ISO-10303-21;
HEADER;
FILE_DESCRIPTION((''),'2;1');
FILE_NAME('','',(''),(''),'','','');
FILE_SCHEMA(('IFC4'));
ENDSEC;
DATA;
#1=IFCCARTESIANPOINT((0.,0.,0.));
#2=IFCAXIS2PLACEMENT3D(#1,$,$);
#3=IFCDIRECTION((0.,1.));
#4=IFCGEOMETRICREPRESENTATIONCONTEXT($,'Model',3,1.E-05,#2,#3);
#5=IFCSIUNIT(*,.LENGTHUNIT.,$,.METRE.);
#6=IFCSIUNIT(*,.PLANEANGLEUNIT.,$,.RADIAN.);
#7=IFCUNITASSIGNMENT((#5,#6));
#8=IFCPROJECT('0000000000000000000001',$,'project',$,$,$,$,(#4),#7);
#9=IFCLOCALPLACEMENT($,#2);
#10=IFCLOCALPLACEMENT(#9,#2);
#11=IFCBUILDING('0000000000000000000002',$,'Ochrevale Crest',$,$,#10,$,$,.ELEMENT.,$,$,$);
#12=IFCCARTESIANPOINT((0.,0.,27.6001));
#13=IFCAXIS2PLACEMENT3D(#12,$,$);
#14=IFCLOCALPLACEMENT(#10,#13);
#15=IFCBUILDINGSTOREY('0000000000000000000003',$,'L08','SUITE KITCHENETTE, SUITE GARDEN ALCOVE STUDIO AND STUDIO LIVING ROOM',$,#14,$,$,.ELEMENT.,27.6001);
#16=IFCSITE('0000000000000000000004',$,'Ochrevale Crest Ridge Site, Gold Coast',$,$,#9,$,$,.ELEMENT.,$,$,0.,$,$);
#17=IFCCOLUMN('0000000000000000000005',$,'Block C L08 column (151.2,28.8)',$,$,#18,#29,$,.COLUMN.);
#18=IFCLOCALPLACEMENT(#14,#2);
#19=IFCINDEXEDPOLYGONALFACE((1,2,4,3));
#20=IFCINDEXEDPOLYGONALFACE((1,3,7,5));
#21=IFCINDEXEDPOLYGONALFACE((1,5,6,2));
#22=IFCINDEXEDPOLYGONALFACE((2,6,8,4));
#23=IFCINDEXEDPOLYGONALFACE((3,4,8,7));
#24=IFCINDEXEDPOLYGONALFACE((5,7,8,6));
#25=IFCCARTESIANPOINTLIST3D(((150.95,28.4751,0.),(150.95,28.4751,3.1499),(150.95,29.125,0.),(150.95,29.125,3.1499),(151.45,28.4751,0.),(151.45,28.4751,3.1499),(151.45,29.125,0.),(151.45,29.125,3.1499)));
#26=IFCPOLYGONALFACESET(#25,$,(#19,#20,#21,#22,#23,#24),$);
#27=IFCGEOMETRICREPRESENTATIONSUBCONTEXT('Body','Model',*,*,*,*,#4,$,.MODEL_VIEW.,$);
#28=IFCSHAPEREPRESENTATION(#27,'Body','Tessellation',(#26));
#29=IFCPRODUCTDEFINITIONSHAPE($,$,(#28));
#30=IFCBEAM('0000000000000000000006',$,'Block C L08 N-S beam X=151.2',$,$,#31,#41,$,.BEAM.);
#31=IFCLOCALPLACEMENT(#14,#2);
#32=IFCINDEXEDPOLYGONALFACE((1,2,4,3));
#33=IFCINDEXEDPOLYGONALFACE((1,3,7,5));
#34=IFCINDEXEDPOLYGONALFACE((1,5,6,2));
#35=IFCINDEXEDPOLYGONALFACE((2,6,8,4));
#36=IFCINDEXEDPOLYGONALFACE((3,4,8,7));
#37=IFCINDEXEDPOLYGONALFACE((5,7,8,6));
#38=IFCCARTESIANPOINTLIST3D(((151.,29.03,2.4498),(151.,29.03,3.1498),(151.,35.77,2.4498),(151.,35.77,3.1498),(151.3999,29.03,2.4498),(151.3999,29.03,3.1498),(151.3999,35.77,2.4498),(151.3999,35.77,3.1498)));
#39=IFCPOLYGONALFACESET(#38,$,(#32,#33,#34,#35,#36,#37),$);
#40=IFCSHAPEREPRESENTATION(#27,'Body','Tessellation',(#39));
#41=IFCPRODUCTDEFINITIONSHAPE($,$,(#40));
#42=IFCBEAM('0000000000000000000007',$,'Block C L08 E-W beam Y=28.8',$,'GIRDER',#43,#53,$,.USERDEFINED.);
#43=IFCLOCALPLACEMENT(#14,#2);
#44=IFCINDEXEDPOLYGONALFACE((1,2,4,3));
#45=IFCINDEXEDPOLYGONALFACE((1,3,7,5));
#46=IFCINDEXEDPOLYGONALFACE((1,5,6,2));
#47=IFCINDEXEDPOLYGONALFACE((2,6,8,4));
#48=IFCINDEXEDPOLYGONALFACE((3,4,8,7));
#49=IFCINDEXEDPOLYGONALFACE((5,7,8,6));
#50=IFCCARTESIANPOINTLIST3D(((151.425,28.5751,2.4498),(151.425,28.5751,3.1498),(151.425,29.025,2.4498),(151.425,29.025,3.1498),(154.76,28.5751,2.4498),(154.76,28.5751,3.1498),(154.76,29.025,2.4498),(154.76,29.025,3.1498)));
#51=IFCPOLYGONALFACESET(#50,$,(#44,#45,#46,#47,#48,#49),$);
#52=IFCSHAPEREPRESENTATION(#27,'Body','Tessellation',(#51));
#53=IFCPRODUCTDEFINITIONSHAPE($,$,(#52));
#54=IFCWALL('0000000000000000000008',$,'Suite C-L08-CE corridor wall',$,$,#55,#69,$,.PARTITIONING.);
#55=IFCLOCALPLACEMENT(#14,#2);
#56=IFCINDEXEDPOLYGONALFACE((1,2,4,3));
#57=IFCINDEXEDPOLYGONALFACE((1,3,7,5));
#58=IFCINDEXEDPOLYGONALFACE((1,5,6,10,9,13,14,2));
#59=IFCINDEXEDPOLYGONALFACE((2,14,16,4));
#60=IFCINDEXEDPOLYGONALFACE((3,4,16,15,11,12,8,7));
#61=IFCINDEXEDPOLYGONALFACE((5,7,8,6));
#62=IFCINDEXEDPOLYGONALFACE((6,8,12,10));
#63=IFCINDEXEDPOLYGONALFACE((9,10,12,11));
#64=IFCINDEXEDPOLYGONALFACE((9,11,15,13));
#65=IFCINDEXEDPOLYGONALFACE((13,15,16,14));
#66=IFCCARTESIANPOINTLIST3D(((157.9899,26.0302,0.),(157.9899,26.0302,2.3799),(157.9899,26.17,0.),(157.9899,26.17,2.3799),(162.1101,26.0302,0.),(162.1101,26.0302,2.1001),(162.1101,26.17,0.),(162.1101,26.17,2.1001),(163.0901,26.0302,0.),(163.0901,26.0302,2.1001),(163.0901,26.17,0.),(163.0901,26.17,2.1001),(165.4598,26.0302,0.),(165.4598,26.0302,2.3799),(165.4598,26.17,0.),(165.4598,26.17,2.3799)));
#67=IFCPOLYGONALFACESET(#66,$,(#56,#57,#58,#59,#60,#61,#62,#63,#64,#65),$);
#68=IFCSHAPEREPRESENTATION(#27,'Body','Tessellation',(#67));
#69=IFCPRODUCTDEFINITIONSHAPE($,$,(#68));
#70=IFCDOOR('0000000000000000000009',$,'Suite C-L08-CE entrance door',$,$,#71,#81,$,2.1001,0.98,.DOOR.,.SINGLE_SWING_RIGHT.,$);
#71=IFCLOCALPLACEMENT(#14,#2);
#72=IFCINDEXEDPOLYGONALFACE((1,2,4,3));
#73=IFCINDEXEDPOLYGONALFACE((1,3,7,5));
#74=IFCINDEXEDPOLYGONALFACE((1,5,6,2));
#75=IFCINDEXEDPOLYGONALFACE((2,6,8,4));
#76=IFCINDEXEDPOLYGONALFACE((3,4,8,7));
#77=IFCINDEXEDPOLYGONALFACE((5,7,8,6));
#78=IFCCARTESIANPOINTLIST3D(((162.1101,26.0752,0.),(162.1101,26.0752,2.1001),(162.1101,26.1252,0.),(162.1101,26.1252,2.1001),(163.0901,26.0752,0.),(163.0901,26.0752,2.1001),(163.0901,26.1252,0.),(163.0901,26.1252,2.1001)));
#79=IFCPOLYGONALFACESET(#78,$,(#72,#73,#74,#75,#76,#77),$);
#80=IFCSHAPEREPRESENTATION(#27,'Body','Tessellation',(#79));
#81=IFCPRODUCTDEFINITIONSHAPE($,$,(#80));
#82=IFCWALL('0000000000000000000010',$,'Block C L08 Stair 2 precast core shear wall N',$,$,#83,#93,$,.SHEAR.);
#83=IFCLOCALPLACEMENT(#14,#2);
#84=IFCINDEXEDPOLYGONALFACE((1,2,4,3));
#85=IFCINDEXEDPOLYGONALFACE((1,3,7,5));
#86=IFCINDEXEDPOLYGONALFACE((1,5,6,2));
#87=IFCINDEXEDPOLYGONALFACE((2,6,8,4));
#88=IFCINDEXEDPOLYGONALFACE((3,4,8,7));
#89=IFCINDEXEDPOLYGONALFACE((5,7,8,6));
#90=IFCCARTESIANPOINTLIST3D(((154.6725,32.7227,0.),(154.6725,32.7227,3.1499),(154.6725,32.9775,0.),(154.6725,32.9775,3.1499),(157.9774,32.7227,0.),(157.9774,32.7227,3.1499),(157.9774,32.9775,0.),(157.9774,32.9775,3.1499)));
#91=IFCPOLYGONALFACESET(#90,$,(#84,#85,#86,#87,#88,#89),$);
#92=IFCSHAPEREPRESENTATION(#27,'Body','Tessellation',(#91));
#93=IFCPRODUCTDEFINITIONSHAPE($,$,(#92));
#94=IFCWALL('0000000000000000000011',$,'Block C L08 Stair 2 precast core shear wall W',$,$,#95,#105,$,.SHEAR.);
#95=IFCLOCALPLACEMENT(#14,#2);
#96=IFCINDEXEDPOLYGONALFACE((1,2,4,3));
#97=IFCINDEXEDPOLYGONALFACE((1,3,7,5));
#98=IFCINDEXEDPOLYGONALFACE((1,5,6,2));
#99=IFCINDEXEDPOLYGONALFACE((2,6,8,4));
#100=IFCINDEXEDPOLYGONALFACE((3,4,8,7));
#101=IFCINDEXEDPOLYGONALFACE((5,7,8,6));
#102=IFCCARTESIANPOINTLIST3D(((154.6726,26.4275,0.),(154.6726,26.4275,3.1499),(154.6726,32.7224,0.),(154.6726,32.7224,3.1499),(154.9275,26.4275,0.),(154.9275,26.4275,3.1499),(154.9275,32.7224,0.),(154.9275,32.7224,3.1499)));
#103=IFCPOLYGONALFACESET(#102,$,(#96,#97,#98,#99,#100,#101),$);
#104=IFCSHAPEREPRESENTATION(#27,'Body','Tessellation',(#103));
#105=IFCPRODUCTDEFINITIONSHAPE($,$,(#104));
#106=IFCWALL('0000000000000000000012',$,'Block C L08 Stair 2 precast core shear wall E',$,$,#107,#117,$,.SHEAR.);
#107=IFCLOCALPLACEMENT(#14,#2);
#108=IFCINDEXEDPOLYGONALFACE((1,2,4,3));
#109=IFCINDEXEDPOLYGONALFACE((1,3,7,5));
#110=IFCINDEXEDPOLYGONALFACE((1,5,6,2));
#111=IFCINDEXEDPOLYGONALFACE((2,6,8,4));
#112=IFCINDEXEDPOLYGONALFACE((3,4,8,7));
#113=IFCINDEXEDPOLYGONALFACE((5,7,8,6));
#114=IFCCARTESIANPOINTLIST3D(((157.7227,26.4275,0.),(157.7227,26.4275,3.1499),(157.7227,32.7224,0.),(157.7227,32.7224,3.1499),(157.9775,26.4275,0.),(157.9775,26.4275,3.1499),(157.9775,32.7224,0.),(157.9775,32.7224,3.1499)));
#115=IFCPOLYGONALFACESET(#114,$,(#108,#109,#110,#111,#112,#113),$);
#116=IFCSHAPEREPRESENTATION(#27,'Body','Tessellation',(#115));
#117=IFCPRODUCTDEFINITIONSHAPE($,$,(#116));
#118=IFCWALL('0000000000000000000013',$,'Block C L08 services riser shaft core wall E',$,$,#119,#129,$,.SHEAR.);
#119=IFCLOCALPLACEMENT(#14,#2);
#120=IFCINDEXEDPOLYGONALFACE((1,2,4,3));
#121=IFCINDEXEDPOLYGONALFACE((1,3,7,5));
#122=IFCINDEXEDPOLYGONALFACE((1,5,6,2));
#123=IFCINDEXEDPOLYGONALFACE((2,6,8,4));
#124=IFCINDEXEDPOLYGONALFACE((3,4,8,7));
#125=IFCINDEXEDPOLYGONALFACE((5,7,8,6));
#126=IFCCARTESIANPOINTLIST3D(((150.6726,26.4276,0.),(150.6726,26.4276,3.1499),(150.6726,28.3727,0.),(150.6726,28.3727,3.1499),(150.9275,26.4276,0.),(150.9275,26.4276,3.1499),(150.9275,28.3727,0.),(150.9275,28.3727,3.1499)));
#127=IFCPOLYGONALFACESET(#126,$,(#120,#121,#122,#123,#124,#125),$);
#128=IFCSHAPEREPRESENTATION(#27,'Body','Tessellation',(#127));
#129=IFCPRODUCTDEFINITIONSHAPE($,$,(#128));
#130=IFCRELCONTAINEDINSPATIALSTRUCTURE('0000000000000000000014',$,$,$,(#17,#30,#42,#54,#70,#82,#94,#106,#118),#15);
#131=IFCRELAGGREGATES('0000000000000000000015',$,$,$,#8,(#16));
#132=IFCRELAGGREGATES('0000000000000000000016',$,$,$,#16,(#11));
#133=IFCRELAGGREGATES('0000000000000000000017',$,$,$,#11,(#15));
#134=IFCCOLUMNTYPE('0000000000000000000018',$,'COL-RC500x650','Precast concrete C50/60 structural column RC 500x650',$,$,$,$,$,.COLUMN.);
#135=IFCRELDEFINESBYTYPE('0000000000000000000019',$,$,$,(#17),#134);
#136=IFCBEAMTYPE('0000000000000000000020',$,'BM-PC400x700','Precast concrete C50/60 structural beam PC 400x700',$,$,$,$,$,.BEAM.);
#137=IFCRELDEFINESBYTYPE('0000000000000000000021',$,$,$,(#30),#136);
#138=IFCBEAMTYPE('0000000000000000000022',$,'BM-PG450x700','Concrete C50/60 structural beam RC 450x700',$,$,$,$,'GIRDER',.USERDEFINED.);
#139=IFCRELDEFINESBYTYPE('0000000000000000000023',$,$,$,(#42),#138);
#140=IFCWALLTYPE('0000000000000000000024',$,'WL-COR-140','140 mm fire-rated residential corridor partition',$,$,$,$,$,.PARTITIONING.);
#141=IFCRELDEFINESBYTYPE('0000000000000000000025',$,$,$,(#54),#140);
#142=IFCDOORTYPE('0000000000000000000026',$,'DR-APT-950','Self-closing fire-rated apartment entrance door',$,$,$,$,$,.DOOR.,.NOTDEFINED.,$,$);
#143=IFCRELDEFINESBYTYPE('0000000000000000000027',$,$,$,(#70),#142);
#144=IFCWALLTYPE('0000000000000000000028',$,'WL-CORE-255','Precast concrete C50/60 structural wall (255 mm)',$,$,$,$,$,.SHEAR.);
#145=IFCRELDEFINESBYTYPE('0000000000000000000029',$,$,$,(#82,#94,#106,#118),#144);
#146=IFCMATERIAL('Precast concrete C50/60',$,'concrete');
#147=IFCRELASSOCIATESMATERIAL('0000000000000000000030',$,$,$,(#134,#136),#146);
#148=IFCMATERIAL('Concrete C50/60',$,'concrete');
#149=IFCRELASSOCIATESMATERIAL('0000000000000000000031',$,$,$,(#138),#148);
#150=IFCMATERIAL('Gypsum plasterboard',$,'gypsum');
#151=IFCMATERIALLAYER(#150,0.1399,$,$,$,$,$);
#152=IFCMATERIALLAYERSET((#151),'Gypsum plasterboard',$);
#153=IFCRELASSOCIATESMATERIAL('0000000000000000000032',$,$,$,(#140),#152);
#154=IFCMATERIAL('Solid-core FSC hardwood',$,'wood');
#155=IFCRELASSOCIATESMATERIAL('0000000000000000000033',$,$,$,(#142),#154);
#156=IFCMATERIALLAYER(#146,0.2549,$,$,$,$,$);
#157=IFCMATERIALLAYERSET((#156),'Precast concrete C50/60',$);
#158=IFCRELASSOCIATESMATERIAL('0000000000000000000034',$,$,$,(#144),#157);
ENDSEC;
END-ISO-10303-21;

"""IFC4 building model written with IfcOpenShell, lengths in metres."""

from ifc_helpers import new_model, si_unit, direction, frame, frame_2d, origin, origin_2d, place, context, subcontext, project, spatial, rectangle, extrude, material, layer, layer_set, material_profile, profile_set, type_object, element, fill, save


model = new_model("IFC4")

# Units and contexts
model_context = context("Model", 3, precision=1e-05, world=origin(), true_north=direction((0.0, 1.0)))
body_context = subcontext(model_context, "Body", "Model", "MODEL_VIEW")
ifc_project = project(units=[si_unit("LENGTHUNIT", "METRE"), si_unit("PLANEANGLEUNIT", "RADIAN")], contexts=[model_context])

# Site, building, storey
site_placement = place(None, origin())
site = spatial("IfcSite", under=ifc_project, at=site_placement, Name="Ochrevale Crest Ridge Site, Gold Coast", CompositionType="ELEMENT", RefElevation=0.0)
building_placement = place(site_placement, origin())
building = spatial("IfcBuilding", under=site, at=building_placement, Name="Ochrevale Crest", CompositionType="ELEMENT")
storey_placement = place(building_placement, frame((0.0, 0.0, 27.6001)))
storey = spatial("IfcBuildingStorey", under=building, at=storey_placement, Name="L08", Description="SUITE KITCHENETTE, SUITE GARDEN ALCOVE STUDIO AND STUDIO LIVING ROOM", CompositionType="ELEMENT", Elevation=27.6001)

# Column
ifc_material_1 = material(Name="Precast concrete C50/60", Category="concrete")
ifc_material_profile_1 = material_profile(ifc_material_1, rectangle(XDim=0.5, YDim=0.6499, at=origin_2d()), Name="RC 500x650")
ifc_profile_set_1 = profile_set([ifc_material_profile_1], Name="Precast concrete C50/60")
column_type = type_object("IfcColumnType", Name="COL-RC500x650", Description="Precast concrete C50/60 structural column RC 500x650", PredefinedType="COLUMN", material=ifc_profile_set_1)
column_placement = place(storey_placement, frame((151.2, 28.8, 0.0), z_axis=(0.0, 0.0, 1.0), x_axis=(1.0, 0.0, 0.0)))
element("IfcColumn", 1, at=column_placement, inside=storey, type_object=column_type, Name="Block C L08 column (151.2,28.8)", PredefinedType="COLUMN", context=body_context, shape_type="SweptSolid", body=[
    extrude(rectangle(XDim=0.5, YDim=0.6499, at=origin_2d()), origin(), (0.0, 0.0, 1.0), 3.1499),
])

# Beams
ifc_material_profile_2 = material_profile(ifc_material_1, rectangle(XDim=0.3999, YDim=0.7, at=origin_2d()), Name="PC 400x700")
ifc_profile_set_2 = profile_set([ifc_material_profile_2], Name="Precast concrete C50/60")
beam_type_1 = type_object("IfcBeamType", Name="BM-PC400x700", Description="Precast concrete C50/60 structural beam PC 400x700", PredefinedType="BEAM", material=ifc_profile_set_2)
beam_1_placement = place(storey_placement, frame((151.2, 29.03, 2.7998), z_axis=(0.0, 1.0, 0.0), x_axis=(-1.0, 0.0, 0.0)))
element("IfcBeam", 2, at=beam_1_placement, inside=storey, type_object=beam_type_1, Name="Block C L08 N-S beam X=151.2", PredefinedType="BEAM", context=body_context, shape_type="SweptSolid", body=[
    extrude(rectangle(XDim=0.3999, YDim=0.7, at=origin_2d()), origin(), (0.0, 0.0, 1.0), 6.74),
])
ifc_material_2 = material(Name="Concrete C50/60", Category="concrete")
ifc_material_profile_3 = material_profile(ifc_material_2, rectangle(XDim=0.45, YDim=0.7, at=origin_2d()), Name="RC 450x700")
ifc_profile_set_3 = profile_set([ifc_material_profile_3], Name="Concrete C50/60")
beam_type_2 = type_object("IfcBeamType", Name="BM-PG450x700", Description="Concrete C50/60 structural beam RC 450x700", ElementType="GIRDER", PredefinedType="USERDEFINED", material=ifc_profile_set_3)
beam_2_placement = place(storey_placement, frame((151.425, 28.8, 2.7998), z_axis=(1.0, 0.0, 0.0), x_axis=(0.0, 1.0, 0.0)))
element("IfcBeam", 3, at=beam_2_placement, inside=storey, type_object=beam_type_2, Name="Block C L08 E-W beam Y=28.8", ObjectType="GIRDER", PredefinedType="USERDEFINED", context=body_context, shape_type="SweptSolid", body=[
    extrude(rectangle(XDim=0.45, YDim=0.7, at=origin_2d()), origin(), (0.0, 0.0, 1.0), 3.335),
])

# Wall, opening, door
ifc_material_3 = material(Name="Gypsum plasterboard", Category="gypsum")
ifc_layer_1 = layer(ifc_material_3, 0.1399)
ifc_layer_set_1 = layer_set([ifc_layer_1], Name="Gypsum plasterboard")
wall_type_1 = type_object("IfcWallType", Name="WL-COR-140", Description="140 mm fire-rated residential corridor partition", PredefinedType="PARTITIONING", material=ifc_layer_set_1)
wall_1_placement = place(storey_placement, frame((157.99, 26.1001, 0.0), z_axis=(0.0, 0.0, 1.0), x_axis=(1.0, 0.0, 0.0)))
wall_1 = element("IfcWall", 4, at=wall_1_placement, inside=storey, type_object=wall_type_1, Name="Suite C-L08-CE corridor wall", PredefinedType="PARTITIONING", context=body_context, shape_type="SweptSolid", body=[
    extrude(rectangle(XDim=7.47, YDim=0.1399, at=frame_2d((3.7349, 0.0))), origin(), (0.0, 0.0, 1.0), 2.3799),
])
opening_1_placement = place(wall_1_placement, frame((5.1001, 0.0, 0.0), z_axis=(0.0, 0.0, 1.0), x_axis=(-1.0, 0.0, 0.0)))
opening_1 = element("IfcOpeningElement", 5, at=opening_1_placement, cuts=wall_1, PredefinedType="OPENING", context=body_context, shape_type="SweptSolid", body=[
    extrude(rectangle(XDim=0.98, YDim=2.1001, at=frame_2d((0.49, 1.05))), frame((0.0, 0.0801, 0.0), z_axis=(0.0, -1.0, 0.0), x_axis=(1.0, 0.0, 0.0)), (0.0, 0.0, 1.0), 0.1599),
])
ifc_material_4 = material(Name="Solid-core FSC hardwood", Category="wood")
door_type_1 = type_object("IfcDoorType", Name="DR-APT-950", Description="Self-closing fire-rated apartment entrance door", OperationType="NOTDEFINED", PredefinedType="DOOR", material=ifc_material_4)
door_1_placement = place(opening_1_placement, origin())
door_1 = element("IfcDoor", 6, at=door_1_placement, inside=storey, type_object=door_type_1, Name="Suite C-L08-CE entrance door", OperationType="SINGLE_SWING_RIGHT", OverallHeight=2.1001, OverallWidth=0.98, PredefinedType="DOOR", context=body_context, shape_type="SweptSolid", body=[
    extrude(rectangle(XDim=0.98, YDim=2.1001, at=frame_2d((0.49, 1.05))), frame((0.0, 0.0249, 0.0), z_axis=(0.0, -1.0, 0.0), x_axis=(1.0, 0.0, 0.0)), (0.0, 0.0, 1.0), 0.05),
])
fill(opening_1, door_1)
ifc_layer_2 = layer(ifc_material_1, 0.2549)
ifc_layer_set_2 = layer_set([ifc_layer_2], Name="Precast concrete C50/60")
wall_type_2 = type_object("IfcWallType", Name="WL-CORE-255", Description="Precast concrete C50/60 structural wall (255 mm)", PredefinedType="SHEAR", material=ifc_layer_set_2)

# Walls
wall_2_placement = place(storey_placement, frame((154.6726, 32.8501, 0.0), z_axis=(0.0, 0.0, 1.0), x_axis=(1.0, 0.0, 0.0)))
element("IfcWall", 7, at=wall_2_placement, inside=storey, type_object=wall_type_2, Name="Block C L08 Stair 2 precast core shear wall N", PredefinedType="SHEAR", context=body_context, shape_type="SweptSolid", body=[
    extrude(rectangle(XDim=3.3049, YDim=0.2549, at=frame_2d((1.6523, 0.0))), origin(), (0.0, 0.0, 1.0), 3.1499),
])
for number, where, z_axis, x_axis, name in (
    (8, (154.8, 26.4275, 0.0), (0.0, 0.0, 1.0), (0.0, 1.0, 0.0), "Block C L08 Stair 2 precast core shear wall W"),
    (9, (157.8501, 26.4275, 0.0), (0.0, 0.0, 1.0), (0.0, 1.0, 0.0), "Block C L08 Stair 2 precast core shear wall E"),
):
    element("IfcWall", number, at=place(storey_placement, frame(where, z_axis=z_axis, x_axis=x_axis)), inside=storey, type_object=wall_type_2, Name=name, PredefinedType="SHEAR", context=body_context, shape_type="SweptSolid", body=[
        extrude(rectangle(XDim=6.2949, YDim=0.2549, at=frame_2d((3.1475, 0.0))), origin(), (0.0, 0.0, 1.0), 3.1499),
    ])
wall_3_placement = place(storey_placement, frame((150.8, 26.4275, 0.0), z_axis=(0.0, 0.0, 1.0), x_axis=(0.0, 1.0, 0.0)))
element("IfcWall", 10, at=wall_3_placement, inside=storey, type_object=wall_type_2, Name="Block C L08 services riser shaft core wall E", PredefinedType="SHEAR", context=body_context, shape_type="SweptSolid", body=[
    extrude(rectangle(XDim=1.9451, YDim=0.2549, at=frame_2d((0.9727, 0.0))), origin(), (0.0, 0.0, 1.0), 3.1499),
])

save(model, "model.ifc")
